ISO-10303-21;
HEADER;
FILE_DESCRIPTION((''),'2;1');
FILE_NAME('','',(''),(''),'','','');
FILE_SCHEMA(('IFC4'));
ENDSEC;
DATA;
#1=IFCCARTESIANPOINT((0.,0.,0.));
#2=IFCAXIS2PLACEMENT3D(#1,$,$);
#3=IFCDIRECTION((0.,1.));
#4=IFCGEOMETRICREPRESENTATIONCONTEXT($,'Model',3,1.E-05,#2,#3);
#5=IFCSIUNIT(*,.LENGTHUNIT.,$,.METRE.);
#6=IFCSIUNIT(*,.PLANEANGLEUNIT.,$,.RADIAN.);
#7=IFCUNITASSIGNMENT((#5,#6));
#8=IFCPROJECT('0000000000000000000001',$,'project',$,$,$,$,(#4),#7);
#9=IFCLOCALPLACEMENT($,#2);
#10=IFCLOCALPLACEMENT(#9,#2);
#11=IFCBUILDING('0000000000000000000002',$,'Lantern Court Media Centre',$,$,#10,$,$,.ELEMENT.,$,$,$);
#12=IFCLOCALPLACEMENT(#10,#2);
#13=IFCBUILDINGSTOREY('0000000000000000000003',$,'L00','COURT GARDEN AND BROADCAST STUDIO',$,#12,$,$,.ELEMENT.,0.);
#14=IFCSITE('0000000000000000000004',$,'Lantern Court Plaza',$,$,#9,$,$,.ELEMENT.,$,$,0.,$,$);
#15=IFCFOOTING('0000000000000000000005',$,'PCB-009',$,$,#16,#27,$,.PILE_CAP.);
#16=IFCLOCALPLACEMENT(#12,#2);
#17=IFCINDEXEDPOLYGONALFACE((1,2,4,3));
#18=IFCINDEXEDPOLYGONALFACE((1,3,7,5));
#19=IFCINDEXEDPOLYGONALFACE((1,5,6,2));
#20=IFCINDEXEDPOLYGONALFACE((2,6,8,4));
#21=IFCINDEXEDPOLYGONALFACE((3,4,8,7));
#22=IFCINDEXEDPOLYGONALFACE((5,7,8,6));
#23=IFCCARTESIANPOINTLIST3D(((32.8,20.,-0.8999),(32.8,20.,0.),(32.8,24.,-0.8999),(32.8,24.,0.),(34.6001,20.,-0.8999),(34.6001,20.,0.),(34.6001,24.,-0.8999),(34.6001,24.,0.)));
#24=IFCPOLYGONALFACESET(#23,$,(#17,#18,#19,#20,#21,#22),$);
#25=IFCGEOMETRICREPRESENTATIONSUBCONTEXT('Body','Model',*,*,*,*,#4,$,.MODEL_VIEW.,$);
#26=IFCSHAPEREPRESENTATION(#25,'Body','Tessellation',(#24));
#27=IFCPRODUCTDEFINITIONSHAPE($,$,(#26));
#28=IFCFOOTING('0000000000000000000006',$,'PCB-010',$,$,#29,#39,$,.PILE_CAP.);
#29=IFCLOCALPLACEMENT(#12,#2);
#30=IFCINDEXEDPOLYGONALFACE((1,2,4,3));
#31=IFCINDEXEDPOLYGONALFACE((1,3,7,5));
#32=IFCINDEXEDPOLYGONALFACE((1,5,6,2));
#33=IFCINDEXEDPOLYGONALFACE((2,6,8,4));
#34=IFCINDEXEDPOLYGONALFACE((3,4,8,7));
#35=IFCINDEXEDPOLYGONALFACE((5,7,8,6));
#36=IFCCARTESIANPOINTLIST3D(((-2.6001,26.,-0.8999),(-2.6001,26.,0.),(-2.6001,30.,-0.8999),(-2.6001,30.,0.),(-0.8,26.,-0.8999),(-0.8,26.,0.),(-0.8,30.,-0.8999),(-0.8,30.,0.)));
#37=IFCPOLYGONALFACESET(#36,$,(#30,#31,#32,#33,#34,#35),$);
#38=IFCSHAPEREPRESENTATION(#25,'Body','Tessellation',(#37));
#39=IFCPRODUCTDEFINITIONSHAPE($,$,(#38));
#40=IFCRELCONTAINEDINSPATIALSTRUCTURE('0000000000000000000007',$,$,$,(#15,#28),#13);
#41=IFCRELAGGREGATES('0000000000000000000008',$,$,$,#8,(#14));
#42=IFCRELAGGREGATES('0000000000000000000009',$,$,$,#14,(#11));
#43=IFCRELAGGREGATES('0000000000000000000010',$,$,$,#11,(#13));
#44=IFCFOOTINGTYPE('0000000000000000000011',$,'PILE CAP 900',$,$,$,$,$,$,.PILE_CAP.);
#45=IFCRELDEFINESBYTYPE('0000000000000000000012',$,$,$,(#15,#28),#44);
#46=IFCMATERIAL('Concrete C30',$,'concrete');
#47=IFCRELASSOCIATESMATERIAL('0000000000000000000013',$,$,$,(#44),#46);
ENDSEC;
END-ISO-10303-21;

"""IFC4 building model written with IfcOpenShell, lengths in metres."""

from ifc_helpers import new_model, si_unit, direction, frame, origin, place, context, subcontext, project, spatial, polyline, outline, extrude, material, type_object, element, save


model = new_model("IFC4")

# Units and contexts
model_context = context("Model", 3, precision=1e-05, world=origin(), true_north=direction((0.0, 1.0)))
body_context = subcontext(model_context, "Body", "Model", "MODEL_VIEW")
ifc_project = project(units=[si_unit("LENGTHUNIT", "METRE"), si_unit("PLANEANGLEUNIT", "RADIAN")], contexts=[model_context])

# Site, building, storey
site_placement = place(None, origin())
site = spatial("IfcSite", under=ifc_project, at=site_placement, Name="Lantern Court Plaza", CompositionType="ELEMENT", RefElevation=0.0)
building_placement = place(site_placement, origin())
building = spatial("IfcBuilding", under=site, at=building_placement, Name="Lantern Court Media Centre", CompositionType="ELEMENT")
storey_placement = place(building_placement, origin())
storey = spatial("IfcBuildingStorey", under=building, at=storey_placement, Name="L00", Description="COURT GARDEN AND BROADCAST STUDIO", CompositionType="ELEMENT", Elevation=0.0)

# Footings
ifc_material = material(Name="Concrete C30", Category="concrete")
footing_type_1 = type_object("IfcFootingType", Name="PILE CAP 900", PredefinedType="PILE_CAP", material=ifc_material)
footing_1_placement = place(storey_placement, frame((0.0, 0.0, -0.8999)))
element("IfcFooting", 1, at=footing_1_placement, inside=storey, type_object=footing_type_1, Name="PCB-009", PredefinedType="PILE_CAP", context=body_context, shape_type="SweptSolid", body=[
    extrude(outline(polyline([(34.6001, 20.0), (34.6001, 24.0), (32.8, 24.0), (32.8, 20.0), (34.6001, 20.0)])), origin(), (0.0, 0.0, 1.0), 0.8999),
])
footing_2_placement = place(storey_placement, frame((0.0, 0.0, -0.8999)))
element("IfcFooting", 2, at=footing_2_placement, inside=storey, type_object=footing_type_1, Name="PCB-010", PredefinedType="PILE_CAP", context=body_context, shape_type="SweptSolid", body=[
    extrude(outline(polyline([(-0.8, 26.0), (-0.8, 30.0), (-2.6001, 30.0), (-2.6001, 26.0), (-0.8, 26.0)])), origin(), (0.0, 0.0, 1.0), 0.8999),
])

save(model, "model.ifc")
